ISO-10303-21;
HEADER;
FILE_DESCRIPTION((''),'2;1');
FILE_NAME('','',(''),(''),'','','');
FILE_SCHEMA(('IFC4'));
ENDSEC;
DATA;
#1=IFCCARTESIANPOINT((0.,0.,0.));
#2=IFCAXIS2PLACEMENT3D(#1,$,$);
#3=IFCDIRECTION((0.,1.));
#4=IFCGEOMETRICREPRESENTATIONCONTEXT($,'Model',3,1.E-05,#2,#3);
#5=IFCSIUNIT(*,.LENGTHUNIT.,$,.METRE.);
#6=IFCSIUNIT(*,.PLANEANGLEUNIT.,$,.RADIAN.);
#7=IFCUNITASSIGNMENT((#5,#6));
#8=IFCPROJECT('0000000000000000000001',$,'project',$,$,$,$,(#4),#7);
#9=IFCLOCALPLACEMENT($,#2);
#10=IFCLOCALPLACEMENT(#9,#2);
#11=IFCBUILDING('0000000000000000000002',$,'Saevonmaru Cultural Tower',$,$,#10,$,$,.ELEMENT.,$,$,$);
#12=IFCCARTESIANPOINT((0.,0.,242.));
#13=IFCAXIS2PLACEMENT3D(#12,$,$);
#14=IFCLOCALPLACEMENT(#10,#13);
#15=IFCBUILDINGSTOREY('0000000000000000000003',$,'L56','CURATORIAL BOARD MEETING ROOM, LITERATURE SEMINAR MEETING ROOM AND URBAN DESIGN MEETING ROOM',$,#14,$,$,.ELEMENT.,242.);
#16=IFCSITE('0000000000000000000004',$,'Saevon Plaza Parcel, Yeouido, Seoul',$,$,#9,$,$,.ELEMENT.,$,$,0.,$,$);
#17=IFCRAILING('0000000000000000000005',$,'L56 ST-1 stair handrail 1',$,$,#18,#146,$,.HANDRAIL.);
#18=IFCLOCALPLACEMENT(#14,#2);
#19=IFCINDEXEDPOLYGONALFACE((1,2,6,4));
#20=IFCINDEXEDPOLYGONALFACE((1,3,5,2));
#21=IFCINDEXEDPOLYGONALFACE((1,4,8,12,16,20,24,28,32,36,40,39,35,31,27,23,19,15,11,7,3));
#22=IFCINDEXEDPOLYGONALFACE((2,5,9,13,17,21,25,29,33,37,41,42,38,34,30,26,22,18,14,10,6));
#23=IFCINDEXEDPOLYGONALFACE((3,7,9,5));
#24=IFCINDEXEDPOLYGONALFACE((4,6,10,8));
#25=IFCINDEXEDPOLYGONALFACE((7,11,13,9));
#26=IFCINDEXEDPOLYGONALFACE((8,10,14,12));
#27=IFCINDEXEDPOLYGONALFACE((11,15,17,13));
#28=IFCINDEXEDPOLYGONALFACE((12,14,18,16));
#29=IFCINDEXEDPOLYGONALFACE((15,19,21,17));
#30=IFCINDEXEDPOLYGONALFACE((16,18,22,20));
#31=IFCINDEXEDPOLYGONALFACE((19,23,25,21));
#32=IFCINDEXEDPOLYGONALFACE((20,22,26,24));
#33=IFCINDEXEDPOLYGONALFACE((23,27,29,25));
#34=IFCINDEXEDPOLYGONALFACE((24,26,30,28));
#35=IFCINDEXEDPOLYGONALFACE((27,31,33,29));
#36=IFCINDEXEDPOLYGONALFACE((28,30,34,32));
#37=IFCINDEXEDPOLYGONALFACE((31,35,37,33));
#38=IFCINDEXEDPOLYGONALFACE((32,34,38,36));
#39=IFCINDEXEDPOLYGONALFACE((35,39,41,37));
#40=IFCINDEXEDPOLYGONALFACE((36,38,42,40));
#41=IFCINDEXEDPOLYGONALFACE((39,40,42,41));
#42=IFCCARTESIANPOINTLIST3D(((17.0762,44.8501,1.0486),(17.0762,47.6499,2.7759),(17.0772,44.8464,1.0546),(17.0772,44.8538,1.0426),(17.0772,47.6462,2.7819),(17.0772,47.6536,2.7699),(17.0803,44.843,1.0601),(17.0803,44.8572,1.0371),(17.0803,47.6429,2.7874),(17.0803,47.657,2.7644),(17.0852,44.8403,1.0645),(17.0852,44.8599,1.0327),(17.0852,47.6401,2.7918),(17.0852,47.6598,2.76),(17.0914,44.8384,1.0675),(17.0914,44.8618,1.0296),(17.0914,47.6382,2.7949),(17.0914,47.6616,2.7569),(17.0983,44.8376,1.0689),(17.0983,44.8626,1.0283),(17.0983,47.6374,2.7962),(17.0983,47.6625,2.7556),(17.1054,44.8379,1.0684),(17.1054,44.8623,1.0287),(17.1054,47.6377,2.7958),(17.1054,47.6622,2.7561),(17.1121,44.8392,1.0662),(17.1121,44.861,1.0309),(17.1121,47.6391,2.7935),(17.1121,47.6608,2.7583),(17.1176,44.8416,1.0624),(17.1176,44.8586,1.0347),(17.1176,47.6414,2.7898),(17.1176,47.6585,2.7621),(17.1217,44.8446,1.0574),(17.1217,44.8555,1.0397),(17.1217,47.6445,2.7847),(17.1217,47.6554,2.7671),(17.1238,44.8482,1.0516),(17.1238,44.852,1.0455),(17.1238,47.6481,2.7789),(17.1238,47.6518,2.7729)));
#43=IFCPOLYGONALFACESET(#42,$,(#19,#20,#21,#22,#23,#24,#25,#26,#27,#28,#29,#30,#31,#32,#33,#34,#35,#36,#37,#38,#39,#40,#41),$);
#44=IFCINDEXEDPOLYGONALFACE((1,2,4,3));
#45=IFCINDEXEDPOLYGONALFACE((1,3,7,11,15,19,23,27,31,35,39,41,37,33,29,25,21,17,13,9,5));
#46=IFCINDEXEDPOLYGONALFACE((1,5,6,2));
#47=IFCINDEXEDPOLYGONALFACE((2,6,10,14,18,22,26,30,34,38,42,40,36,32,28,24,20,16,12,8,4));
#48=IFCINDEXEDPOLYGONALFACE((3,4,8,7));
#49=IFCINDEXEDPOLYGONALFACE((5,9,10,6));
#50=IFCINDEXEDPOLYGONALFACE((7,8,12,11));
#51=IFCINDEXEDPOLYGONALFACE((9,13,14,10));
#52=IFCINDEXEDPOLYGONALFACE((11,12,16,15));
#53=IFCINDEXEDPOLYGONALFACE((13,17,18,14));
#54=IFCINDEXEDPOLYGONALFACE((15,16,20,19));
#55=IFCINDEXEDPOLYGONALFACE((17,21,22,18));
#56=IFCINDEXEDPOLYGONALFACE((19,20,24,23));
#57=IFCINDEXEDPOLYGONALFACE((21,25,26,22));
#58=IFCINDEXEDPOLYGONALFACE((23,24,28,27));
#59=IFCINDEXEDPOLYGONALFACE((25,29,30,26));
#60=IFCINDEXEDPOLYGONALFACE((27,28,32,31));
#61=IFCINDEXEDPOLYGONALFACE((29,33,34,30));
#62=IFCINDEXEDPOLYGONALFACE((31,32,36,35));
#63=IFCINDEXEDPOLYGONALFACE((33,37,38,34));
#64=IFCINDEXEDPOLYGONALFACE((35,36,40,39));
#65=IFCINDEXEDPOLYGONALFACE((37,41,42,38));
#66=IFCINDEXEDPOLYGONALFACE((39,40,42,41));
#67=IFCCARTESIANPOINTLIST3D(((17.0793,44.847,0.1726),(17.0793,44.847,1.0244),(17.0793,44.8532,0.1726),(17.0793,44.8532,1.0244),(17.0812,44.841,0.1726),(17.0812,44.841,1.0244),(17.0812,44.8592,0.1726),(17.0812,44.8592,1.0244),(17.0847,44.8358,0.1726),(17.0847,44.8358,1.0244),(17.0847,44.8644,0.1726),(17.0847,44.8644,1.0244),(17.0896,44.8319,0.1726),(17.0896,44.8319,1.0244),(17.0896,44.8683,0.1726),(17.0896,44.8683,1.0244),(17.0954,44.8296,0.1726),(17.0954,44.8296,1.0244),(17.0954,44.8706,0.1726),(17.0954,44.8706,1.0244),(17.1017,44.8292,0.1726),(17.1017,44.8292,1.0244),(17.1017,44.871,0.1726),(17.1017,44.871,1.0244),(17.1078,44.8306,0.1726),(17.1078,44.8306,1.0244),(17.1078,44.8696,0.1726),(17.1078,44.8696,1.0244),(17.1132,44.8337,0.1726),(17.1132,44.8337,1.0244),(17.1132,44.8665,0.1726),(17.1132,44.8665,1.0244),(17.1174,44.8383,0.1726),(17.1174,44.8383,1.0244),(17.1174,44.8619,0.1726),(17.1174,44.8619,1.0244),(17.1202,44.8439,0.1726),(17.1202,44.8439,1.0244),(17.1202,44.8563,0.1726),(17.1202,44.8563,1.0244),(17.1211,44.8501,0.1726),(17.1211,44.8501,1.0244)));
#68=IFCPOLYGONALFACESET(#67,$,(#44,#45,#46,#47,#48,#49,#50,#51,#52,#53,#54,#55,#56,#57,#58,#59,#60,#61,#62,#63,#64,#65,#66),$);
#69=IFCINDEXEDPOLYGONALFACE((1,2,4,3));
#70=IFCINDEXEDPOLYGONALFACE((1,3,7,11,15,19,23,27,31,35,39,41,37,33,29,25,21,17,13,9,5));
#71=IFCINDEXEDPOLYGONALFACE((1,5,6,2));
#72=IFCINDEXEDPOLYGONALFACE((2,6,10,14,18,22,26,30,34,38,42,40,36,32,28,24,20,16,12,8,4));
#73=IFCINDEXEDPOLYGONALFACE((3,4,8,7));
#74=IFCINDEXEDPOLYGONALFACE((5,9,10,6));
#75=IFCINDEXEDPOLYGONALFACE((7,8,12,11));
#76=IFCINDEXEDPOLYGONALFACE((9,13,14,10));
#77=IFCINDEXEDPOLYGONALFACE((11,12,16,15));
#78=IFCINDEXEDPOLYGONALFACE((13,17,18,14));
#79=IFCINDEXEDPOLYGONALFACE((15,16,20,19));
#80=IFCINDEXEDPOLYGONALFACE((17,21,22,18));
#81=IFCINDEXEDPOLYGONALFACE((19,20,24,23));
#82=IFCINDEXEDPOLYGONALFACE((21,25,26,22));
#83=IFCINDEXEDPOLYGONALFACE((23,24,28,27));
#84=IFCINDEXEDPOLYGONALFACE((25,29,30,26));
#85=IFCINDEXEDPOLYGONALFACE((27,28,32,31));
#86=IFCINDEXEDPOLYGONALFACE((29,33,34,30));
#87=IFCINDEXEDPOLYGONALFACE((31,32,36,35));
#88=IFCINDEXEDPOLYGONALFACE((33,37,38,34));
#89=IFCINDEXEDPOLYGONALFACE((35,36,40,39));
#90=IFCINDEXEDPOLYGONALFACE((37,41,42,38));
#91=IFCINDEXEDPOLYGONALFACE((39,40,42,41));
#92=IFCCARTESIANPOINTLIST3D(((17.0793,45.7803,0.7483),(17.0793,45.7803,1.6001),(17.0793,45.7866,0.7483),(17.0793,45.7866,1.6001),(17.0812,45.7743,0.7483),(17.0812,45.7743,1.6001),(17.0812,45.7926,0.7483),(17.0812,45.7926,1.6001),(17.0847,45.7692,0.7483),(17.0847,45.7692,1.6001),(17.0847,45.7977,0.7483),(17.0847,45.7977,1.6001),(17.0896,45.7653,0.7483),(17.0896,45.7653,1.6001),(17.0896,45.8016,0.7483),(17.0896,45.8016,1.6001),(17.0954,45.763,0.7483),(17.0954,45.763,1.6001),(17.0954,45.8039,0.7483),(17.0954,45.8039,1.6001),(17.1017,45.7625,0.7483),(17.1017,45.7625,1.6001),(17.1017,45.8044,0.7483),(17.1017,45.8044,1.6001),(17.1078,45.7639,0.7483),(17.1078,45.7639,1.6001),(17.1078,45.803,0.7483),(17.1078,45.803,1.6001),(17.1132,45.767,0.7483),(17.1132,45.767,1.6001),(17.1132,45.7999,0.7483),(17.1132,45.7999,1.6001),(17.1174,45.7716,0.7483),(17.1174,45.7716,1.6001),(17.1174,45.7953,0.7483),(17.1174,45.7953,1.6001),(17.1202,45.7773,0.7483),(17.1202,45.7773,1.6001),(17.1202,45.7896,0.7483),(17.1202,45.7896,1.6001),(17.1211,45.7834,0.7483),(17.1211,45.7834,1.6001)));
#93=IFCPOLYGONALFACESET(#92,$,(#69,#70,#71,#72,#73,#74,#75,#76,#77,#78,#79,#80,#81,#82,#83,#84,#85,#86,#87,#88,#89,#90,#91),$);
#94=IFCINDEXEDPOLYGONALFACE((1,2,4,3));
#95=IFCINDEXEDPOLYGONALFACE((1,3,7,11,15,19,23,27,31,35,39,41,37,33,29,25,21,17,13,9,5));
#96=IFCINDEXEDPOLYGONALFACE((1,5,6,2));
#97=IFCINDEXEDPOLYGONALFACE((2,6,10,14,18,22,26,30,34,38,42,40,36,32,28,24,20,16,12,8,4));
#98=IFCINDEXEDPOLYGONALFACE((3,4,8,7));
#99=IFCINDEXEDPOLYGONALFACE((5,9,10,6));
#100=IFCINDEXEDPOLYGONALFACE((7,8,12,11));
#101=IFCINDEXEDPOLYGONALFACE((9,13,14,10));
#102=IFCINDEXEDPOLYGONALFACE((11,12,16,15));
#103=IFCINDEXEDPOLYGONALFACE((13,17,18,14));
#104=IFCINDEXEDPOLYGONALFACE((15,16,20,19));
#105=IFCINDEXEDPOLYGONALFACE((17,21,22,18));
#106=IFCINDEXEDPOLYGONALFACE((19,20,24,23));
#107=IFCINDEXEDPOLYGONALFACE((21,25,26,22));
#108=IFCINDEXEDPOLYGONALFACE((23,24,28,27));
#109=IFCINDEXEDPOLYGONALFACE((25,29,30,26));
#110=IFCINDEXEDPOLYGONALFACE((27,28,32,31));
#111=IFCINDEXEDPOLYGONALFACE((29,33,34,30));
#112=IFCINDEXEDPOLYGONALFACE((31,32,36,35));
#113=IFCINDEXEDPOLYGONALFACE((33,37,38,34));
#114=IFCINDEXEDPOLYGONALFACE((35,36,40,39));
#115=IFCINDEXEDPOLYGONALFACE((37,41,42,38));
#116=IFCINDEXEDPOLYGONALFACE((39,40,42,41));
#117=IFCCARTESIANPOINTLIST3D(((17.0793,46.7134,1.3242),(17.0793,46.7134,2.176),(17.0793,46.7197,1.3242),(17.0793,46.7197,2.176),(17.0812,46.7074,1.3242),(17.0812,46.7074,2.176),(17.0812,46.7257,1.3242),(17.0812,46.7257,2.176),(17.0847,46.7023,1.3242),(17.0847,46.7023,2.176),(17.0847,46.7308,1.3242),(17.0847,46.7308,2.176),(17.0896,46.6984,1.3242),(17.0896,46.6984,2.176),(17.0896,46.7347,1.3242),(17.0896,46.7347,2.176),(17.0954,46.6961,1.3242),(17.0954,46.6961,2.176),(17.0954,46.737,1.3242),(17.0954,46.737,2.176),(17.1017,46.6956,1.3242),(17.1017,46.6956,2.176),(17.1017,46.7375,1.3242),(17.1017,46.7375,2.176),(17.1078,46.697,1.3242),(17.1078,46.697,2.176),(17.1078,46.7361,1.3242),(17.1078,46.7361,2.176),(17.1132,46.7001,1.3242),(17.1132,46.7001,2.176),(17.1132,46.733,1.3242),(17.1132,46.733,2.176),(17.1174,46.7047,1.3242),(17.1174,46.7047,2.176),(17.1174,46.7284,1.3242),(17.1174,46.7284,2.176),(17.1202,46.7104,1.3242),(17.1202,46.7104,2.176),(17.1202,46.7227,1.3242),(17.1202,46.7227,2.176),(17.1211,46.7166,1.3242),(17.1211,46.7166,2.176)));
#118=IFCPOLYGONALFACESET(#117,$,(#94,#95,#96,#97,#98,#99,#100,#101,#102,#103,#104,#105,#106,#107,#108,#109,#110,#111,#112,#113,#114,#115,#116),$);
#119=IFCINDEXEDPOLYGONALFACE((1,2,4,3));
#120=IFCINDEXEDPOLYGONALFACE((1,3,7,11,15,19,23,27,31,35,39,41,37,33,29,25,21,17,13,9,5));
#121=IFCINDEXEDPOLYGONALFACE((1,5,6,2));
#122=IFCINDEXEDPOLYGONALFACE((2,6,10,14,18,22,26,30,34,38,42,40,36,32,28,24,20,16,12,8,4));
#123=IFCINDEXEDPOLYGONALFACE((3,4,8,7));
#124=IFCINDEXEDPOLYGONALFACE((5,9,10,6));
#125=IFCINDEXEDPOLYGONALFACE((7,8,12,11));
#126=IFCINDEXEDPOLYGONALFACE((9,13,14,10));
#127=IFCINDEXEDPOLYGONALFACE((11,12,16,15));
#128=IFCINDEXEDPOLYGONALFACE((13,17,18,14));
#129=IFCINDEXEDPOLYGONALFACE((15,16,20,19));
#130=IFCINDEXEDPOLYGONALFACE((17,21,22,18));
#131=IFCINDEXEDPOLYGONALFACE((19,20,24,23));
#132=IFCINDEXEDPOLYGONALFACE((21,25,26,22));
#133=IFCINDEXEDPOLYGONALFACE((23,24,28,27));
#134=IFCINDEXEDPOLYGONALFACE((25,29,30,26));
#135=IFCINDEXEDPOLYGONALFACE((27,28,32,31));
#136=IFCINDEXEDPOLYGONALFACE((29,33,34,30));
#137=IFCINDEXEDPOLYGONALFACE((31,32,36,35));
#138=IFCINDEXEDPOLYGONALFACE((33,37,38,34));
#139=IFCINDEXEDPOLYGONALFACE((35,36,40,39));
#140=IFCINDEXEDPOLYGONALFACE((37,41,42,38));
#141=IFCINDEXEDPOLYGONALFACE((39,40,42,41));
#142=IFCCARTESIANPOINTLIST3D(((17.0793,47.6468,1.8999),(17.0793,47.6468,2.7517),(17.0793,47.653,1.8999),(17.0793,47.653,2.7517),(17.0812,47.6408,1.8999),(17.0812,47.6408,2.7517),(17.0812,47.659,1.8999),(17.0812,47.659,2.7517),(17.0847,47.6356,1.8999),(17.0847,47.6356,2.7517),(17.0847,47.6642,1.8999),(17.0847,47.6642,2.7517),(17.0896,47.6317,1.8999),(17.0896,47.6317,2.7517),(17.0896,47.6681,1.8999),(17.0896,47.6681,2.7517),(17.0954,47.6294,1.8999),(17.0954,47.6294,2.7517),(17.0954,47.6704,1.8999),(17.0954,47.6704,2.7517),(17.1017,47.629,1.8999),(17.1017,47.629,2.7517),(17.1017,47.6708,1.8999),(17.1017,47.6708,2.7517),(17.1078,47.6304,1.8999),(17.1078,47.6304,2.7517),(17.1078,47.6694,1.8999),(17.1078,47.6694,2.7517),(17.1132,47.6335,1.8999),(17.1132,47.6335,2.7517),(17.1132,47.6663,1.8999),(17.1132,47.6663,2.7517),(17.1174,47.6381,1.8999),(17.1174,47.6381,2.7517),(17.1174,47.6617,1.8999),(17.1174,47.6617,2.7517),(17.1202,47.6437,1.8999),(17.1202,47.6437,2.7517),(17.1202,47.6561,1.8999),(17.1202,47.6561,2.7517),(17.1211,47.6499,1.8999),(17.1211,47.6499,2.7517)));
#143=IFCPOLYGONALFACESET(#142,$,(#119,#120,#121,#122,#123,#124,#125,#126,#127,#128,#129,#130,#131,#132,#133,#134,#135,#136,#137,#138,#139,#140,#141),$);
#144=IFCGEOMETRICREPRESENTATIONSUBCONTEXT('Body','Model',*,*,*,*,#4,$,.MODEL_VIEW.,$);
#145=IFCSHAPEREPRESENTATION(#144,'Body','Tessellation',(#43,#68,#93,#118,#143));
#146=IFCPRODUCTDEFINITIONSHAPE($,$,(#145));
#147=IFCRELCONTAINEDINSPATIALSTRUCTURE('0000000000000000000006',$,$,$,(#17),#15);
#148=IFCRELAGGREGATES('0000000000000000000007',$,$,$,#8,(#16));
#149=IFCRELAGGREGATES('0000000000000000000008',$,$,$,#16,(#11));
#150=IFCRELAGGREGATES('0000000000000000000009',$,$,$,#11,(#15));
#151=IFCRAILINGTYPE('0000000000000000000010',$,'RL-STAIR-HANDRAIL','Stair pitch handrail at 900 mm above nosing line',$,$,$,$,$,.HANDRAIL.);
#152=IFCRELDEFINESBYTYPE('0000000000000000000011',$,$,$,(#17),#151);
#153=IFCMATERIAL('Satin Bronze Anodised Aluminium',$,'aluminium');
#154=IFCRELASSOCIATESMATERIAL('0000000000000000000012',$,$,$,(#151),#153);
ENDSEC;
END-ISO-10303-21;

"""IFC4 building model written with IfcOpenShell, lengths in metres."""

from ifc_helpers import new_model, si_unit, direction, frame, origin, origin_2d, place, context, subcontext, project, spatial, circle, extrude, material, type_object, element, save


model = new_model("IFC4")

# Units and contexts
model_context = context("Model", 3, precision=1e-05, world=origin(), true_north=direction((0.0, 1.0)))
body_context = subcontext(model_context, "Body", "Model", "MODEL_VIEW")
ifc_project = project(units=[si_unit("LENGTHUNIT", "METRE"), si_unit("PLANEANGLEUNIT", "RADIAN")], contexts=[model_context])

# Site, building, storey
site_placement = place(None, origin())
site = spatial("IfcSite", under=ifc_project, at=site_placement, Name="Saevon Plaza Parcel, Yeouido, Seoul", CompositionType="ELEMENT", RefElevation=0.0)
building_placement = place(site_placement, origin())
building = spatial("IfcBuilding", under=site, at=building_placement, Name="Saevonmaru Cultural Tower", CompositionType="ELEMENT")
storey_placement = place(building_placement, frame((0.0, 0.0, 242.0)))
storey = spatial("IfcBuildingStorey", under=building, at=storey_placement, Name="L56", Description="CURATORIAL BOARD MEETING ROOM, LITERATURE SEMINAR MEETING ROOM AND URBAN DESIGN MEETING ROOM", CompositionType="ELEMENT", Elevation=242.0)

# Shared definitions
ifc_material_1 = material(Name="Satin Bronze Anodised Aluminium", Category="aluminium")

# Railing
railing_type_1 = type_object("IfcRailingType", Name="RL-STAIR-HANDRAIL", Description="Stair pitch handrail at 900 mm above nosing line", PredefinedType="HANDRAIL", material=ifc_material_1)
railing_1_placement = place(storey_placement, frame((17.1001, 44.8501, 0.1726)))
element("IfcRailing", 1, at=railing_1_placement, inside=storey, type_object=railing_type_1, Name="L56 ST-1 stair handrail 1", PredefinedType="HANDRAIL", context=body_context, shape_type="SweptSolid", body=[
    extrude(circle(Radius=0.0239, at=origin_2d()), frame((0.0, 0.0, 0.876), z_axis=(0.0, 0.851069, 0.525054), x_axis=(-1.0, 0.0, 0.0)), (0.0, 0.0, 1.0), 3.2898),
    extrude(circle(Radius=0.021, at=origin_2d()), origin(), (0.0, 0.0, 1.0), 0.8518),
    extrude(circle(Radius=0.021, at=origin_2d()), frame((0.0, 0.9333, 0.5757)), (0.0, 0.0, 1.0), 0.8518),
    extrude(circle(Radius=0.021, at=origin_2d()), frame((0.0, 1.8665, 1.1516)), (0.0, 0.0, 1.0), 0.8518),
    extrude(circle(Radius=0.021, at=origin_2d()), frame((0.0, 2.7998, 1.7273)), (0.0, 0.0, 1.0), 0.8518),
])

save(model, "model.ifc")
